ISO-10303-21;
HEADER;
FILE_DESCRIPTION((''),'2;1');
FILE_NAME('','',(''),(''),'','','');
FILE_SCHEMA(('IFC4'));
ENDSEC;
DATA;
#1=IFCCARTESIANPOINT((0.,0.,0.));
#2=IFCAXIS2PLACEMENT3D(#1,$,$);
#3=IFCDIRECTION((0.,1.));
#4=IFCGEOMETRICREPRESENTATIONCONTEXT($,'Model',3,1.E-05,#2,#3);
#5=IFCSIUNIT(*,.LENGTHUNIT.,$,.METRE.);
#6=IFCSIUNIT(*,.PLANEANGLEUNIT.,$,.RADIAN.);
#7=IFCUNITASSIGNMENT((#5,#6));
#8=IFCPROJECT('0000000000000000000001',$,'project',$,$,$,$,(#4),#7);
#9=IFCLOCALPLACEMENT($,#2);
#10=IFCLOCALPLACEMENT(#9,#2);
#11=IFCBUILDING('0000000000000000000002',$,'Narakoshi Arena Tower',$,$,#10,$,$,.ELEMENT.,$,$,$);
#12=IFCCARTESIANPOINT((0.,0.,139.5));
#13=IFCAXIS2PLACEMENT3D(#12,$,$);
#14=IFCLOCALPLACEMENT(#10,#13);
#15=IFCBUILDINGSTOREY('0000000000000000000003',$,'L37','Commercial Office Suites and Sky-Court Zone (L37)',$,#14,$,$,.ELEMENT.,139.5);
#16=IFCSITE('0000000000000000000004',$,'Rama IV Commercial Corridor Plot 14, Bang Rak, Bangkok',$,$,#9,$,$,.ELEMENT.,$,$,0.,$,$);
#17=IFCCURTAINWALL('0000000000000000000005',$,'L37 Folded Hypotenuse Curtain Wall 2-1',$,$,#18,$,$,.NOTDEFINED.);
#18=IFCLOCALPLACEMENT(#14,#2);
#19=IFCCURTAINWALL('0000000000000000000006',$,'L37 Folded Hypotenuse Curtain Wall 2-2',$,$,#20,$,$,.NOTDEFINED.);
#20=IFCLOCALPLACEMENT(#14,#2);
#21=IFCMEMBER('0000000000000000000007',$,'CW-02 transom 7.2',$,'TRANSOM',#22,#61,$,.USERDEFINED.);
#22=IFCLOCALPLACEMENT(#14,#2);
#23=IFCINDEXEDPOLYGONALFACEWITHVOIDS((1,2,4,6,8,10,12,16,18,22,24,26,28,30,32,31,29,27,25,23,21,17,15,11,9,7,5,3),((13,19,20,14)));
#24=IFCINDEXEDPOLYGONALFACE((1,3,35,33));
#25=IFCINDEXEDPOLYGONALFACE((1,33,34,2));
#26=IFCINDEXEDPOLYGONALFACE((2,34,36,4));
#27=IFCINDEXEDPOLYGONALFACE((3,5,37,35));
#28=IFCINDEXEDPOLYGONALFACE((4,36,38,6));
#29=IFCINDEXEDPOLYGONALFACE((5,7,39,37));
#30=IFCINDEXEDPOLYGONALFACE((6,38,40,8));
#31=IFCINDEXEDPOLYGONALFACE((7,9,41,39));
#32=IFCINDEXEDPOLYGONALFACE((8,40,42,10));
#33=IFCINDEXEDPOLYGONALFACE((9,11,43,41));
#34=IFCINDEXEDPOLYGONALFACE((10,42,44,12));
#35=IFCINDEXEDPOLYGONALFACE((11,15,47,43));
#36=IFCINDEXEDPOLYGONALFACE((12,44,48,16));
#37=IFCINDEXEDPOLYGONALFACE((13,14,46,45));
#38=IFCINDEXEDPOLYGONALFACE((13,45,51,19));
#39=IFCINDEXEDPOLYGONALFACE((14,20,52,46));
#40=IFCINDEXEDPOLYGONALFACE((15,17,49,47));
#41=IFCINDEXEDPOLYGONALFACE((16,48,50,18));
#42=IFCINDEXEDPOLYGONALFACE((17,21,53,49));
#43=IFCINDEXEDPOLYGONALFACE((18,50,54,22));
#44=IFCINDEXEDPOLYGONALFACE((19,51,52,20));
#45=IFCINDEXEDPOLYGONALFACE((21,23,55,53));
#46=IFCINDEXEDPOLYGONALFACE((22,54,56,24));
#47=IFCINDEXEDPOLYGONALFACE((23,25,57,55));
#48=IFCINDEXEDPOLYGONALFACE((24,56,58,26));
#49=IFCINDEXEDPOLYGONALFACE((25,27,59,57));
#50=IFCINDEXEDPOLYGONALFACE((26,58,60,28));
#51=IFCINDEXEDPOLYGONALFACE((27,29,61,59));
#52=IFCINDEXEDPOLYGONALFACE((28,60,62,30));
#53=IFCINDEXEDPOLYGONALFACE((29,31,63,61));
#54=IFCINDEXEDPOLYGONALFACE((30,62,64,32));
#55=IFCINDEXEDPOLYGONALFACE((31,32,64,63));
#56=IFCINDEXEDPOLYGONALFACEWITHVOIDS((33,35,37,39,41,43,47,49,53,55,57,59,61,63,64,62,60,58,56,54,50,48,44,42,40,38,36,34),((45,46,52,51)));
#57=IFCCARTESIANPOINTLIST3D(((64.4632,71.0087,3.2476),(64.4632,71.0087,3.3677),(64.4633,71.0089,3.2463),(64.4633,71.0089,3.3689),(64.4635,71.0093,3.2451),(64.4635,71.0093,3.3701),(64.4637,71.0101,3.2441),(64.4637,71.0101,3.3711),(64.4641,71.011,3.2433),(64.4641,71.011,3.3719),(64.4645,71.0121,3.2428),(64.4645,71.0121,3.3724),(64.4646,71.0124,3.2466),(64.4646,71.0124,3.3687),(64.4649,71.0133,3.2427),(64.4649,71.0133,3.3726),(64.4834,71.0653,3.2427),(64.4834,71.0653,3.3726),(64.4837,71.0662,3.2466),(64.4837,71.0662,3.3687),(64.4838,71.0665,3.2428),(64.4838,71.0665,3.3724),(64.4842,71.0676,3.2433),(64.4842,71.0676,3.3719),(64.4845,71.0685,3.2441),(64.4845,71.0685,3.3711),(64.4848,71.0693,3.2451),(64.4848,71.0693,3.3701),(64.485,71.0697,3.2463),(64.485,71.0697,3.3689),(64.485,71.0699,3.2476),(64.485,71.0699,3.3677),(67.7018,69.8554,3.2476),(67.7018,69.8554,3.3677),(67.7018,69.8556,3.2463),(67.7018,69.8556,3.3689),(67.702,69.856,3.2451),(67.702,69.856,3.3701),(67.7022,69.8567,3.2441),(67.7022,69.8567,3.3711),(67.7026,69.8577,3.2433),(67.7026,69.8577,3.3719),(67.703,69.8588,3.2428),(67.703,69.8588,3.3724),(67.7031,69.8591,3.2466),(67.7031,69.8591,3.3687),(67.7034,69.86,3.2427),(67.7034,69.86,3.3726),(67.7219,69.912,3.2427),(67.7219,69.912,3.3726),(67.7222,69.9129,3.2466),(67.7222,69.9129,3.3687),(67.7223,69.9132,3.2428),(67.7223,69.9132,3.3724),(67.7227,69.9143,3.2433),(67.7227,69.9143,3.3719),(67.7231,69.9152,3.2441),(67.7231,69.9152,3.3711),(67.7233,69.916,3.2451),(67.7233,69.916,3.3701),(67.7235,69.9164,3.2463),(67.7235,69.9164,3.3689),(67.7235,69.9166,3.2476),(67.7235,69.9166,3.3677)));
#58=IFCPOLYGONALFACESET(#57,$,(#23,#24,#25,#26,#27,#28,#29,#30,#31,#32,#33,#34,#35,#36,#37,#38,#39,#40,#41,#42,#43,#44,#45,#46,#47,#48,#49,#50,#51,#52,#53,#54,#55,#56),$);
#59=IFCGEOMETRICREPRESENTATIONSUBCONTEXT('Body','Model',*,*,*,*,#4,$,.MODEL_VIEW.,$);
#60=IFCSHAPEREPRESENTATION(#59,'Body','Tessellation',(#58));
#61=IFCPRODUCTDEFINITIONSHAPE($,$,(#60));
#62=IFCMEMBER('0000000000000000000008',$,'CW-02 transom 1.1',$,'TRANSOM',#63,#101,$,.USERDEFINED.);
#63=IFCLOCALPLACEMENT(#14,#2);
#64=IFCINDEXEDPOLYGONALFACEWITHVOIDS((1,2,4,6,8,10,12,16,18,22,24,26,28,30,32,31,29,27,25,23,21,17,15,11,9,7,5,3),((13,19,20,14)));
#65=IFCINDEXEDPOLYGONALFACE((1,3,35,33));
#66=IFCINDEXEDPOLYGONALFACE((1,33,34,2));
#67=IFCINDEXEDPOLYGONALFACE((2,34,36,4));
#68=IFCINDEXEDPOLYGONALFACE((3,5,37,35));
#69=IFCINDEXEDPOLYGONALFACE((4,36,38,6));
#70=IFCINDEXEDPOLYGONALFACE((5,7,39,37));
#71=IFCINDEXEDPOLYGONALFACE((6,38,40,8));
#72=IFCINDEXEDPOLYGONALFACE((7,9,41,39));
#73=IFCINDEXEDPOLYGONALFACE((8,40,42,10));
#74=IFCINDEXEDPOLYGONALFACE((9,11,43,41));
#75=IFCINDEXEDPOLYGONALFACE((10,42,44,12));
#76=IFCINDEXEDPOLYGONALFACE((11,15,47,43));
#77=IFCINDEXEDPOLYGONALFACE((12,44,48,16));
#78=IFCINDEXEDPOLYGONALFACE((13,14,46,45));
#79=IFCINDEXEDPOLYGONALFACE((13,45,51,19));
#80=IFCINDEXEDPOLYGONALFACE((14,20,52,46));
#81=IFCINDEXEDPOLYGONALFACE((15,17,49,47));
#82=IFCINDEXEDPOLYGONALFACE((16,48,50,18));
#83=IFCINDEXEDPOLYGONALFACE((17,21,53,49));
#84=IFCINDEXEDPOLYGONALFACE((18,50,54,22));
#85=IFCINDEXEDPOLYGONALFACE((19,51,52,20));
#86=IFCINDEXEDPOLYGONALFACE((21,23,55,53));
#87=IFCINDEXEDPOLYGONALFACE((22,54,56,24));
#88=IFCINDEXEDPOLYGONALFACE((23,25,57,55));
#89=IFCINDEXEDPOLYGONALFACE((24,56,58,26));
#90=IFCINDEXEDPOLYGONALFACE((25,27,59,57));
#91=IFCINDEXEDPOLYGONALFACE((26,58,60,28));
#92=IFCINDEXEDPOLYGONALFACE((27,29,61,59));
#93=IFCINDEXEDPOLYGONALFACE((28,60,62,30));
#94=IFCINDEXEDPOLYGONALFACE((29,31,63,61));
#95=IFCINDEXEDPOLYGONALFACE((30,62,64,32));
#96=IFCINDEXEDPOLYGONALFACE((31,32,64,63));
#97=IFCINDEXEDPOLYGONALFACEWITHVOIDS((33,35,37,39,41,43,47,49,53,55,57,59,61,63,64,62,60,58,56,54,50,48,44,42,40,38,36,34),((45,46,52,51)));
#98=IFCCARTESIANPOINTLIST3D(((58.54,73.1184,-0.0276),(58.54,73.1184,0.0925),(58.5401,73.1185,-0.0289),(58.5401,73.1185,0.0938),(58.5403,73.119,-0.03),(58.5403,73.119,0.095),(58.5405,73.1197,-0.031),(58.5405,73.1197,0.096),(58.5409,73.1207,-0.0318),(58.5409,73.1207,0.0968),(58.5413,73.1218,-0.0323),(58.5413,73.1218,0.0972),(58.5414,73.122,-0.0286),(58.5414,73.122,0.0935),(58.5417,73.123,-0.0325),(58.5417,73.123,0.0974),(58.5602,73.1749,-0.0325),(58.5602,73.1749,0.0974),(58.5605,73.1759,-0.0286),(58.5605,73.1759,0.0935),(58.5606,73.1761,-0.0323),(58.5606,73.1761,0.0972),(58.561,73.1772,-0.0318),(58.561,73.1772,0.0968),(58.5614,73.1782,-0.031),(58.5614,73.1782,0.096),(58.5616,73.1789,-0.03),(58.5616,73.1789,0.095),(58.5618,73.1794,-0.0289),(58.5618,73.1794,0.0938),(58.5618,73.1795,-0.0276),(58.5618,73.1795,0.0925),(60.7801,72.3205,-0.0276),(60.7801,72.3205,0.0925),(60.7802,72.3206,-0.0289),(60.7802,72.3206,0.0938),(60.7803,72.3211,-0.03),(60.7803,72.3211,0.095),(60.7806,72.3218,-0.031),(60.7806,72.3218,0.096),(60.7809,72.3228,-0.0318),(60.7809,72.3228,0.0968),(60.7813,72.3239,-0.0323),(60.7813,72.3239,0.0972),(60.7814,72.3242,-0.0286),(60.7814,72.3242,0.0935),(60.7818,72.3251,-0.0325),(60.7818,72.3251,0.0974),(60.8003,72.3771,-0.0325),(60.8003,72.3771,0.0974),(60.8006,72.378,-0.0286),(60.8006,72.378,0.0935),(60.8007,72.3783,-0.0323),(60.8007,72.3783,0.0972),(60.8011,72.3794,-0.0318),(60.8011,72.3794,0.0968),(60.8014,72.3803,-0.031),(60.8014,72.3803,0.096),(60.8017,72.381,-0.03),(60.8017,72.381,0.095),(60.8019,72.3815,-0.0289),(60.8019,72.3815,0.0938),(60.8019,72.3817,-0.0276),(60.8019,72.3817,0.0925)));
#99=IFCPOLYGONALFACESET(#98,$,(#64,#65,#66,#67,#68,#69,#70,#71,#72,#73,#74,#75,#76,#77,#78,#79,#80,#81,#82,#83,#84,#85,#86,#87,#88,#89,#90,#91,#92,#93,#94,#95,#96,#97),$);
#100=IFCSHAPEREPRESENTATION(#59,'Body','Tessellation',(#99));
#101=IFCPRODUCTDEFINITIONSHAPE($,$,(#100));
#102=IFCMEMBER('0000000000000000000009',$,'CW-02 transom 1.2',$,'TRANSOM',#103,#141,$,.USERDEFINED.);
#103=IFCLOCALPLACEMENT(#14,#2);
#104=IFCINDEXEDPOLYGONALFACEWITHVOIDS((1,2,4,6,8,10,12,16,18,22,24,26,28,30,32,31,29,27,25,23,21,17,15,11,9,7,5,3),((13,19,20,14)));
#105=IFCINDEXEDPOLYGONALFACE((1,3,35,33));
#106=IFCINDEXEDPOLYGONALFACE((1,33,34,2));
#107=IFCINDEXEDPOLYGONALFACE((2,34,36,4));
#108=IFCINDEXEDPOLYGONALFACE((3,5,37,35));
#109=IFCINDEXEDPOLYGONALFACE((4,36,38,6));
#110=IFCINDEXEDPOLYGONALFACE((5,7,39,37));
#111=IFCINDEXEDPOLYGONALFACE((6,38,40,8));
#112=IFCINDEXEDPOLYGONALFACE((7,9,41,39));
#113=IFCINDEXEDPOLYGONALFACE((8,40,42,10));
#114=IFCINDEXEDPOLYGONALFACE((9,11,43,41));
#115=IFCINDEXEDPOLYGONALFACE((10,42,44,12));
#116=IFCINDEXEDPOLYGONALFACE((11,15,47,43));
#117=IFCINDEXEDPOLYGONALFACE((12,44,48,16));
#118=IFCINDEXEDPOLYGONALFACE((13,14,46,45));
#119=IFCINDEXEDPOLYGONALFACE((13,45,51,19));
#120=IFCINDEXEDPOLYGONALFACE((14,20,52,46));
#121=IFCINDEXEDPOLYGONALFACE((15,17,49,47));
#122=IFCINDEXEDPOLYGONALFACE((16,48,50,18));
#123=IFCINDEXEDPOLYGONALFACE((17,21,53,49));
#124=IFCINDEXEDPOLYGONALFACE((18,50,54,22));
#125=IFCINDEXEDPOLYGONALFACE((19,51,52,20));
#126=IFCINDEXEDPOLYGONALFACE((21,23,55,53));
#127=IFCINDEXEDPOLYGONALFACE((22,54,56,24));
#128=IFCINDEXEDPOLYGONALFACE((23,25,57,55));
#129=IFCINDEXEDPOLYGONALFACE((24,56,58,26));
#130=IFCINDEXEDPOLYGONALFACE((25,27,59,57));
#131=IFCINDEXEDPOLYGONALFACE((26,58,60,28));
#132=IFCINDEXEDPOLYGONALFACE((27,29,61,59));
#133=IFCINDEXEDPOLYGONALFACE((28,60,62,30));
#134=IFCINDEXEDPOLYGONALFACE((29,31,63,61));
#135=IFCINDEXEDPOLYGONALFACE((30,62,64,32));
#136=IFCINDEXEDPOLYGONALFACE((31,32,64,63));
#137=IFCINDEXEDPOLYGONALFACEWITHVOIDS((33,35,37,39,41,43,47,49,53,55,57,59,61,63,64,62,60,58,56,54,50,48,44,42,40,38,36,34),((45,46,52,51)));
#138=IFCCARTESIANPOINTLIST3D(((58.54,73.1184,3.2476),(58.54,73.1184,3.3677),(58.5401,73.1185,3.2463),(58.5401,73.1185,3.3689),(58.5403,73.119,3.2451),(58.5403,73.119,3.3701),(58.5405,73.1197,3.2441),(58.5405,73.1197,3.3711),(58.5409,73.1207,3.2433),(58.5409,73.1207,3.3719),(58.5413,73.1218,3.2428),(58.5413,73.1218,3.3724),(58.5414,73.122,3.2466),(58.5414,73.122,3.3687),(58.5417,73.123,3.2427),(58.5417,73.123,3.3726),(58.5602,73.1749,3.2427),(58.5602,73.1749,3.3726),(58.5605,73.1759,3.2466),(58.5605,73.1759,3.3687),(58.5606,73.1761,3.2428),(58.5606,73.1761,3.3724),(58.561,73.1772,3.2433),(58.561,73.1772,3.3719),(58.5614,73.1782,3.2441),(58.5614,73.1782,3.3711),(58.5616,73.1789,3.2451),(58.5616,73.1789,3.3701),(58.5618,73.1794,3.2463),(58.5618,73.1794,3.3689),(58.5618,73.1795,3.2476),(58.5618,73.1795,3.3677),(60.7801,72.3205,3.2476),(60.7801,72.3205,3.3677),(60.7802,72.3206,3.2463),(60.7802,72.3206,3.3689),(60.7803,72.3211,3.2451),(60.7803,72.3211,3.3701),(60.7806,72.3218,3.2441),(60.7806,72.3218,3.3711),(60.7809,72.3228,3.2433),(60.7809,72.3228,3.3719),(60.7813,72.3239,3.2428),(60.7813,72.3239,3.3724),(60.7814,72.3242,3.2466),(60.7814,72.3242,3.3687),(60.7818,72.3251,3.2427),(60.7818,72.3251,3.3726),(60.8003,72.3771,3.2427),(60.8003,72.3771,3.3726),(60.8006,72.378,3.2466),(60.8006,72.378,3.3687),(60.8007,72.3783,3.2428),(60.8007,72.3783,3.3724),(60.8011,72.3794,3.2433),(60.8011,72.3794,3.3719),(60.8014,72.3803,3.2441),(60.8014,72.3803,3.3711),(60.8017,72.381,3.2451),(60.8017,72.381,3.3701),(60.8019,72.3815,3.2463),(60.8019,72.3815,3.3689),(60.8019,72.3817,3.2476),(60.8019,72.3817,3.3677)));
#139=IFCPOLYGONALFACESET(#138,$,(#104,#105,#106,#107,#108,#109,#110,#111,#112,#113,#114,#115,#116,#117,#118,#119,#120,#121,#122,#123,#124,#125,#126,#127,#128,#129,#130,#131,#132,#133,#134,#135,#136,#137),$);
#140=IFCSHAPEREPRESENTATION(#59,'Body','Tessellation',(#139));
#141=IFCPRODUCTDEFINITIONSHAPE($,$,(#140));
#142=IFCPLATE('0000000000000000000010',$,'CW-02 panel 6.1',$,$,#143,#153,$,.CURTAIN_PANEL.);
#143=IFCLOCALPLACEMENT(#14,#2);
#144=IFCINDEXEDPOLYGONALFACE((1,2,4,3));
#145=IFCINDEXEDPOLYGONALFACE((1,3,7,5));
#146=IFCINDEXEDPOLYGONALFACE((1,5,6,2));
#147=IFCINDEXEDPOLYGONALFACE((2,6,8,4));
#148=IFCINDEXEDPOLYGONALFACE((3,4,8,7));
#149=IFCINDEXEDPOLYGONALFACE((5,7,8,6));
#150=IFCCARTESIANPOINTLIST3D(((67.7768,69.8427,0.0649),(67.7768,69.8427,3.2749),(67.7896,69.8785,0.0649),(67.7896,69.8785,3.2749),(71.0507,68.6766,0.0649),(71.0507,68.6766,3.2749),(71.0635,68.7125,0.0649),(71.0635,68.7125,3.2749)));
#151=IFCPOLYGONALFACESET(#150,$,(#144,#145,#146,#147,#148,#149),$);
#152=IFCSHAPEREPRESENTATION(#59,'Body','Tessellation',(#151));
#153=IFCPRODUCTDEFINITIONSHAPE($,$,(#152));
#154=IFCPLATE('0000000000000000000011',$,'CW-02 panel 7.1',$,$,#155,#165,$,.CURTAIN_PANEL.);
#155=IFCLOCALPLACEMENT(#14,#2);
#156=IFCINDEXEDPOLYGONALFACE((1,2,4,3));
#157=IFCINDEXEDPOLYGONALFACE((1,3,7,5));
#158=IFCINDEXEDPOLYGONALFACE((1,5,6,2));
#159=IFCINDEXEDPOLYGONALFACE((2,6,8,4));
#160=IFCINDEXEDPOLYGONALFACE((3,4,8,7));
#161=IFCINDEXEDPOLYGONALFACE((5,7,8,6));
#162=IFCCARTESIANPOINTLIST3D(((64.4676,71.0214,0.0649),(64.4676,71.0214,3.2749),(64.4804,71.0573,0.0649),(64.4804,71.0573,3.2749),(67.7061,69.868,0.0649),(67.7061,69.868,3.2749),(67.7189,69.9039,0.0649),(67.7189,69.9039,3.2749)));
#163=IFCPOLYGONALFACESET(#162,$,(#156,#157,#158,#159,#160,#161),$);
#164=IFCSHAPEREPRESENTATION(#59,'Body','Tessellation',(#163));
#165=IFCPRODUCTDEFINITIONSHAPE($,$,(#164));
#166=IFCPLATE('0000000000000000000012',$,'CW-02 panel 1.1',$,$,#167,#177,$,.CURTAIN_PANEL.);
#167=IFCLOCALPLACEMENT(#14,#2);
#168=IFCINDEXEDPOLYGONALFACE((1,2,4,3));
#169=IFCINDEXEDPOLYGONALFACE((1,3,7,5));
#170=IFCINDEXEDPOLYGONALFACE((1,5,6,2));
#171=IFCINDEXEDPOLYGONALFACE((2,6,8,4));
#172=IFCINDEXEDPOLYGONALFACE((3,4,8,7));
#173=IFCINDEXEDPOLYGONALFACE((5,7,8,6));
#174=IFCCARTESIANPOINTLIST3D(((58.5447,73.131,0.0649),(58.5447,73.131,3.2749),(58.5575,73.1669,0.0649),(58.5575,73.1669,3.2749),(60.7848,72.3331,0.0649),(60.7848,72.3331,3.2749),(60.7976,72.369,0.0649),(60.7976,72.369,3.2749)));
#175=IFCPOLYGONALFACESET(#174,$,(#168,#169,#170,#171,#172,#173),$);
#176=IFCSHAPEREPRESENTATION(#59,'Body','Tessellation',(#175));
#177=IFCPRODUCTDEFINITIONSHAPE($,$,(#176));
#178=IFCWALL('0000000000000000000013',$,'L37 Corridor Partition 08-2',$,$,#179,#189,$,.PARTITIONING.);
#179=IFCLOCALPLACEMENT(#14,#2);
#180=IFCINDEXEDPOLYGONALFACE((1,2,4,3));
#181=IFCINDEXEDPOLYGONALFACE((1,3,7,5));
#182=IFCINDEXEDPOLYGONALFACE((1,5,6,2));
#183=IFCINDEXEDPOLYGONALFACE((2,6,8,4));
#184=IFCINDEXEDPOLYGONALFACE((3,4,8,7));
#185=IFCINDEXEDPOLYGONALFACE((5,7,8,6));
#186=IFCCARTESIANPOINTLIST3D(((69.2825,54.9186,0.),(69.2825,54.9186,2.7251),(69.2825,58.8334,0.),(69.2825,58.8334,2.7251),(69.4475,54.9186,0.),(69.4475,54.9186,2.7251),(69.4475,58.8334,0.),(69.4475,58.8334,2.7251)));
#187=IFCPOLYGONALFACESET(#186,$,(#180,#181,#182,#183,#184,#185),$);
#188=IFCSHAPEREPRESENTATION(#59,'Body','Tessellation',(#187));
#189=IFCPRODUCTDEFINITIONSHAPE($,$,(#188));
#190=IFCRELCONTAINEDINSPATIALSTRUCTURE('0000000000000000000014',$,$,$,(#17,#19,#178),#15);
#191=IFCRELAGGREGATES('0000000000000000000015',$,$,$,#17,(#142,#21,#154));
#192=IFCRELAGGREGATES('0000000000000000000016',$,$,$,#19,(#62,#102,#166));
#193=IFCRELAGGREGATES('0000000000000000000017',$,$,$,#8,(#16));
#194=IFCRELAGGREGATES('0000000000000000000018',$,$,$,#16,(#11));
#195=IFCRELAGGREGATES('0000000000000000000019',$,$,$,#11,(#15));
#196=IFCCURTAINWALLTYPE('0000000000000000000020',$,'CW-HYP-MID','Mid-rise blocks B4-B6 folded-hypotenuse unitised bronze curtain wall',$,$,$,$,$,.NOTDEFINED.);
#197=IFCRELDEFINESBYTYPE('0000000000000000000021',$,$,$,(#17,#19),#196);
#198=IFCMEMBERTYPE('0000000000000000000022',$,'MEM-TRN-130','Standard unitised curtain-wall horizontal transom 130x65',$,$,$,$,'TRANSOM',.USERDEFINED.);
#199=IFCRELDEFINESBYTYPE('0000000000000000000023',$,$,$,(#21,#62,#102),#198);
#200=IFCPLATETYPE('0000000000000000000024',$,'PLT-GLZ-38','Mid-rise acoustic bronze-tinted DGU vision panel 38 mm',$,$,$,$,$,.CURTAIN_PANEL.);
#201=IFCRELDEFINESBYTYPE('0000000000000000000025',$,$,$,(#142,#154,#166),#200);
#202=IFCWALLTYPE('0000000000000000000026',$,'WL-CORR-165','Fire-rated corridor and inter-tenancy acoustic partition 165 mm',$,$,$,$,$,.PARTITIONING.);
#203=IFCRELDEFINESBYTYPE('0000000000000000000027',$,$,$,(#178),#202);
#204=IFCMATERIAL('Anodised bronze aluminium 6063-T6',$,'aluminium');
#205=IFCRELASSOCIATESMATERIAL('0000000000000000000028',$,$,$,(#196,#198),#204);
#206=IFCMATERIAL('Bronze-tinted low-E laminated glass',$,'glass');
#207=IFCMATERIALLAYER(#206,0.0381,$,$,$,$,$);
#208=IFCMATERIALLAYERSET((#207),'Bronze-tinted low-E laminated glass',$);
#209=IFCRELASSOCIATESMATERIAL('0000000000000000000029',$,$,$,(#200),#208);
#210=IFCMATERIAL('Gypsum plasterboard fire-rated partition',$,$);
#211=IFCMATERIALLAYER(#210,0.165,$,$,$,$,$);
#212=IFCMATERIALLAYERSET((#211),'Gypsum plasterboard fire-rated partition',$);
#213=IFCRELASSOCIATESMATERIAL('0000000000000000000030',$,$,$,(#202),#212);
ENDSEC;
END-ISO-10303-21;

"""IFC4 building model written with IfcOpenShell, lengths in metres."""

from ifc_helpers import new_model, si_unit, direction, frame, frame_2d, origin, origin_2d, place, context, subcontext, project, spatial, rectangle, hollow_rectangle, extrude, material, layer, layer_set, material_profile, profile_set, type_object, element, aggregate, save


model = new_model("IFC4")

# Units and contexts
model_context = context("Model", 3, precision=1e-05, world=origin(), true_north=direction((0.0, 1.0)))
body_context = subcontext(model_context, "Body", "Model", "MODEL_VIEW")
ifc_project = project(units=[si_unit("LENGTHUNIT", "METRE"), si_unit("PLANEANGLEUNIT", "RADIAN")], contexts=[model_context])

# Site, building, storey
site_placement = place(None, origin())
site = spatial("IfcSite", under=ifc_project, at=site_placement, Name="Rama IV Commercial Corridor Plot 14, Bang Rak, Bangkok", CompositionType="ELEMENT", RefElevation=0.0)
building_placement = place(site_placement, origin())
building = spatial("IfcBuilding", under=site, at=building_placement, Name="Narakoshi Arena Tower", CompositionType="ELEMENT")
storey_placement = place(building_placement, frame((0.0, 0.0, 139.5)))
storey = spatial("IfcBuildingStorey", under=building, at=storey_placement, Name="L37", Description="Commercial Office Suites and Sky-Court Zone (L37)", CompositionType="ELEMENT", Elevation=139.5)

# Curtain walls
ifc_material_1 = material(Name="Anodised bronze aluminium 6063-T6", Category="aluminium")
curtain_wall_type = type_object("IfcCurtainWallType", Name="CW-HYP-MID", Description="Mid-rise blocks B4-B6 folded-hypotenuse unitised bronze curtain wall", PredefinedType="NOTDEFINED", material=ifc_material_1)
curtain_wall_1_placement = place(storey_placement, origin())
curtain_wall_1 = element("IfcCurtainWall", 1, at=curtain_wall_1_placement, inside=storey, type_object=curtain_wall_type, Name="L37 Folded Hypotenuse Curtain Wall 2-1", PredefinedType="NOTDEFINED")
curtain_wall_2_placement = place(storey_placement, origin())
curtain_wall_2 = element("IfcCurtainWall", 2, at=curtain_wall_2_placement, inside=storey, type_object=curtain_wall_type, Name="L37 Folded Hypotenuse Curtain Wall 2-2", PredefinedType="NOTDEFINED")

# Members
ifc_material_profile_1 = material_profile(ifc_material_1, hollow_rectangle(XDim=0.0649, YDim=0.1299, WallThickness=0.0039, OuterFilletRadius=0.0049, at=origin_2d()), Name="TRN130x65x4")
ifc_profile_set_1 = profile_set([ifc_material_profile_1], Name="Anodised bronze aluminium 6063-T6")
member_type_1 = type_object("IfcMemberType", Name="MEM-TRN-130", Description="Standard unitised curtain-wall horizontal transom 130x65", ElementType="TRANSOM", PredefinedType="USERDEFINED", material=ifc_profile_set_1)
member_1_placement = place(storey_placement, frame((67.7126, 69.886, 3.3076), z_axis=(-0.942045, 0.335486, 0.0), x_axis=(-0.335486, -0.942045, 0.0)))
member_1 = element("IfcMember", 3, at=member_1_placement, type_object=member_type_1, Name="CW-02 transom 7.2", ObjectType="TRANSOM", PredefinedType="USERDEFINED", context=body_context, shape_type="SweptSolid", body=[
    extrude(hollow_rectangle(XDim=0.0649, YDim=0.1299, WallThickness=0.0039, OuterFilletRadius=0.0049, at=origin_2d()), origin(), (0.0, 0.0, 1.0), 3.4377),
])
member_2_placement = place(storey_placement, frame((60.791, 72.3511, 0.0325), z_axis=(-0.942027, 0.335536, 0.0), x_axis=(-0.335536, -0.942027, 0.0)))
member_2 = element("IfcMember", 4, at=member_2_placement, type_object=member_type_1, Name="CW-02 transom 1.1", ObjectType="TRANSOM", PredefinedType="USERDEFINED", context=body_context, shape_type="SweptSolid", body=[
    extrude(hollow_rectangle(XDim=0.0649, YDim=0.1299, WallThickness=0.0039, OuterFilletRadius=0.0049, at=origin_2d()), origin(), (0.0, 0.0, 1.0), 2.3779),
])
member_3_placement = place(storey_placement, frame((60.791, 72.3511, 3.3076), z_axis=(-0.942027, 0.335536, 0.0), x_axis=(-0.335536, -0.942027, 0.0)))
member_3 = element("IfcMember", 5, at=member_3_placement, type_object=member_type_1, Name="CW-02 transom 1.2", ObjectType="TRANSOM", PredefinedType="USERDEFINED", context=body_context, shape_type="SweptSolid", body=[
    extrude(hollow_rectangle(XDim=0.0649, YDim=0.1299, WallThickness=0.0039, OuterFilletRadius=0.0049, at=origin_2d()), origin(), (0.0, 0.0, 1.0), 2.3779),
])

# Plates
ifc_material_2 = material(Name="Bronze-tinted low-E laminated glass", Category="glass")
ifc_layer_1 = layer(ifc_material_2, 0.0381)
ifc_layer_set_1 = layer_set([ifc_layer_1], Name="Bronze-tinted low-E laminated glass")
plate_type = type_object("IfcPlateType", Name="PLT-GLZ-38", Description="Mid-rise acoustic bronze-tinted DGU vision panel 38 mm", PredefinedType="CURTAIN_PANEL", material=ifc_layer_set_1)
plate_1_placement = place(storey_placement, frame((69.4202, 69.2776, 0.0649), z_axis=(0.0, 0.0, 1.0), x_axis=(-0.942034, 0.335518, 0.0)))
plate_1 = element("IfcPlate", 6, at=plate_1_placement, type_object=plate_type, Name="CW-02 panel 6.1", PredefinedType="CURTAIN_PANEL", context=body_context, shape_type="SweptSolid", body=[
    extrude(rectangle(XDim=3.4753, YDim=0.0381, at=origin_2d()), origin(), (0.0, 0.0, 1.0), 3.21),
])
plate_2_placement = place(storey_placement, frame((66.0933, 70.4626, 0.0649), z_axis=(0.0, 0.0, 1.0), x_axis=(-0.942034, 0.335518, 0.0)))
plate_2 = element("IfcPlate", 7, at=plate_2_placement, type_object=plate_type, Name="CW-02 panel 7.1", PredefinedType="CURTAIN_PANEL", context=body_context, shape_type="SweptSolid", body=[
    extrude(rectangle(XDim=3.4377, YDim=0.0381, at=origin_2d()), origin(), (0.0, 0.0, 1.0), 3.21),
])
aggregate(curtain_wall_1, [plate_1, member_1, plate_2])
plate_3_placement = place(storey_placement, frame((59.6711, 72.75, 0.0649), z_axis=(0.0, 0.0, 1.0), x_axis=(-0.942025, 0.335542, 0.0)))
plate_3 = element("IfcPlate", 8, at=plate_3_placement, type_object=plate_type, Name="CW-02 panel 1.1", PredefinedType="CURTAIN_PANEL", context=body_context, shape_type="SweptSolid", body=[
    extrude(rectangle(XDim=2.3779, YDim=0.0381, at=origin_2d()), origin(), (0.0, 0.0, 1.0), 3.21),
])
aggregate(curtain_wall_2, [member_2, member_3, plate_3])

# Wall
ifc_material_3 = material(Name="Gypsum plasterboard fire-rated partition")
ifc_layer_2 = layer(ifc_material_3, 0.165)
ifc_layer_set_2 = layer_set([ifc_layer_2], Name="Gypsum plasterboard fire-rated partition")
wall_type_1 = type_object("IfcWallType", Name="WL-CORR-165", Description="Fire-rated corridor and inter-tenancy acoustic partition 165 mm", PredefinedType="PARTITIONING", material=ifc_layer_set_2)
wall_1_placement = place(storey_placement, frame((69.365, 58.8335, 0.0), z_axis=(0.0, 0.0, 1.0), x_axis=(0.0, -1.0, 0.0)))
element("IfcWall", 9, at=wall_1_placement, inside=storey, type_object=wall_type_1, Name="L37 Corridor Partition 08-2", PredefinedType="PARTITIONING", context=body_context, shape_type="SweptSolid", body=[
    extrude(rectangle(XDim=3.9148, YDim=0.165, at=frame_2d((1.9575, 0.0))), origin(), (0.0, 0.0, 1.0), 2.7251),
])

save(model, "model.ifc")
